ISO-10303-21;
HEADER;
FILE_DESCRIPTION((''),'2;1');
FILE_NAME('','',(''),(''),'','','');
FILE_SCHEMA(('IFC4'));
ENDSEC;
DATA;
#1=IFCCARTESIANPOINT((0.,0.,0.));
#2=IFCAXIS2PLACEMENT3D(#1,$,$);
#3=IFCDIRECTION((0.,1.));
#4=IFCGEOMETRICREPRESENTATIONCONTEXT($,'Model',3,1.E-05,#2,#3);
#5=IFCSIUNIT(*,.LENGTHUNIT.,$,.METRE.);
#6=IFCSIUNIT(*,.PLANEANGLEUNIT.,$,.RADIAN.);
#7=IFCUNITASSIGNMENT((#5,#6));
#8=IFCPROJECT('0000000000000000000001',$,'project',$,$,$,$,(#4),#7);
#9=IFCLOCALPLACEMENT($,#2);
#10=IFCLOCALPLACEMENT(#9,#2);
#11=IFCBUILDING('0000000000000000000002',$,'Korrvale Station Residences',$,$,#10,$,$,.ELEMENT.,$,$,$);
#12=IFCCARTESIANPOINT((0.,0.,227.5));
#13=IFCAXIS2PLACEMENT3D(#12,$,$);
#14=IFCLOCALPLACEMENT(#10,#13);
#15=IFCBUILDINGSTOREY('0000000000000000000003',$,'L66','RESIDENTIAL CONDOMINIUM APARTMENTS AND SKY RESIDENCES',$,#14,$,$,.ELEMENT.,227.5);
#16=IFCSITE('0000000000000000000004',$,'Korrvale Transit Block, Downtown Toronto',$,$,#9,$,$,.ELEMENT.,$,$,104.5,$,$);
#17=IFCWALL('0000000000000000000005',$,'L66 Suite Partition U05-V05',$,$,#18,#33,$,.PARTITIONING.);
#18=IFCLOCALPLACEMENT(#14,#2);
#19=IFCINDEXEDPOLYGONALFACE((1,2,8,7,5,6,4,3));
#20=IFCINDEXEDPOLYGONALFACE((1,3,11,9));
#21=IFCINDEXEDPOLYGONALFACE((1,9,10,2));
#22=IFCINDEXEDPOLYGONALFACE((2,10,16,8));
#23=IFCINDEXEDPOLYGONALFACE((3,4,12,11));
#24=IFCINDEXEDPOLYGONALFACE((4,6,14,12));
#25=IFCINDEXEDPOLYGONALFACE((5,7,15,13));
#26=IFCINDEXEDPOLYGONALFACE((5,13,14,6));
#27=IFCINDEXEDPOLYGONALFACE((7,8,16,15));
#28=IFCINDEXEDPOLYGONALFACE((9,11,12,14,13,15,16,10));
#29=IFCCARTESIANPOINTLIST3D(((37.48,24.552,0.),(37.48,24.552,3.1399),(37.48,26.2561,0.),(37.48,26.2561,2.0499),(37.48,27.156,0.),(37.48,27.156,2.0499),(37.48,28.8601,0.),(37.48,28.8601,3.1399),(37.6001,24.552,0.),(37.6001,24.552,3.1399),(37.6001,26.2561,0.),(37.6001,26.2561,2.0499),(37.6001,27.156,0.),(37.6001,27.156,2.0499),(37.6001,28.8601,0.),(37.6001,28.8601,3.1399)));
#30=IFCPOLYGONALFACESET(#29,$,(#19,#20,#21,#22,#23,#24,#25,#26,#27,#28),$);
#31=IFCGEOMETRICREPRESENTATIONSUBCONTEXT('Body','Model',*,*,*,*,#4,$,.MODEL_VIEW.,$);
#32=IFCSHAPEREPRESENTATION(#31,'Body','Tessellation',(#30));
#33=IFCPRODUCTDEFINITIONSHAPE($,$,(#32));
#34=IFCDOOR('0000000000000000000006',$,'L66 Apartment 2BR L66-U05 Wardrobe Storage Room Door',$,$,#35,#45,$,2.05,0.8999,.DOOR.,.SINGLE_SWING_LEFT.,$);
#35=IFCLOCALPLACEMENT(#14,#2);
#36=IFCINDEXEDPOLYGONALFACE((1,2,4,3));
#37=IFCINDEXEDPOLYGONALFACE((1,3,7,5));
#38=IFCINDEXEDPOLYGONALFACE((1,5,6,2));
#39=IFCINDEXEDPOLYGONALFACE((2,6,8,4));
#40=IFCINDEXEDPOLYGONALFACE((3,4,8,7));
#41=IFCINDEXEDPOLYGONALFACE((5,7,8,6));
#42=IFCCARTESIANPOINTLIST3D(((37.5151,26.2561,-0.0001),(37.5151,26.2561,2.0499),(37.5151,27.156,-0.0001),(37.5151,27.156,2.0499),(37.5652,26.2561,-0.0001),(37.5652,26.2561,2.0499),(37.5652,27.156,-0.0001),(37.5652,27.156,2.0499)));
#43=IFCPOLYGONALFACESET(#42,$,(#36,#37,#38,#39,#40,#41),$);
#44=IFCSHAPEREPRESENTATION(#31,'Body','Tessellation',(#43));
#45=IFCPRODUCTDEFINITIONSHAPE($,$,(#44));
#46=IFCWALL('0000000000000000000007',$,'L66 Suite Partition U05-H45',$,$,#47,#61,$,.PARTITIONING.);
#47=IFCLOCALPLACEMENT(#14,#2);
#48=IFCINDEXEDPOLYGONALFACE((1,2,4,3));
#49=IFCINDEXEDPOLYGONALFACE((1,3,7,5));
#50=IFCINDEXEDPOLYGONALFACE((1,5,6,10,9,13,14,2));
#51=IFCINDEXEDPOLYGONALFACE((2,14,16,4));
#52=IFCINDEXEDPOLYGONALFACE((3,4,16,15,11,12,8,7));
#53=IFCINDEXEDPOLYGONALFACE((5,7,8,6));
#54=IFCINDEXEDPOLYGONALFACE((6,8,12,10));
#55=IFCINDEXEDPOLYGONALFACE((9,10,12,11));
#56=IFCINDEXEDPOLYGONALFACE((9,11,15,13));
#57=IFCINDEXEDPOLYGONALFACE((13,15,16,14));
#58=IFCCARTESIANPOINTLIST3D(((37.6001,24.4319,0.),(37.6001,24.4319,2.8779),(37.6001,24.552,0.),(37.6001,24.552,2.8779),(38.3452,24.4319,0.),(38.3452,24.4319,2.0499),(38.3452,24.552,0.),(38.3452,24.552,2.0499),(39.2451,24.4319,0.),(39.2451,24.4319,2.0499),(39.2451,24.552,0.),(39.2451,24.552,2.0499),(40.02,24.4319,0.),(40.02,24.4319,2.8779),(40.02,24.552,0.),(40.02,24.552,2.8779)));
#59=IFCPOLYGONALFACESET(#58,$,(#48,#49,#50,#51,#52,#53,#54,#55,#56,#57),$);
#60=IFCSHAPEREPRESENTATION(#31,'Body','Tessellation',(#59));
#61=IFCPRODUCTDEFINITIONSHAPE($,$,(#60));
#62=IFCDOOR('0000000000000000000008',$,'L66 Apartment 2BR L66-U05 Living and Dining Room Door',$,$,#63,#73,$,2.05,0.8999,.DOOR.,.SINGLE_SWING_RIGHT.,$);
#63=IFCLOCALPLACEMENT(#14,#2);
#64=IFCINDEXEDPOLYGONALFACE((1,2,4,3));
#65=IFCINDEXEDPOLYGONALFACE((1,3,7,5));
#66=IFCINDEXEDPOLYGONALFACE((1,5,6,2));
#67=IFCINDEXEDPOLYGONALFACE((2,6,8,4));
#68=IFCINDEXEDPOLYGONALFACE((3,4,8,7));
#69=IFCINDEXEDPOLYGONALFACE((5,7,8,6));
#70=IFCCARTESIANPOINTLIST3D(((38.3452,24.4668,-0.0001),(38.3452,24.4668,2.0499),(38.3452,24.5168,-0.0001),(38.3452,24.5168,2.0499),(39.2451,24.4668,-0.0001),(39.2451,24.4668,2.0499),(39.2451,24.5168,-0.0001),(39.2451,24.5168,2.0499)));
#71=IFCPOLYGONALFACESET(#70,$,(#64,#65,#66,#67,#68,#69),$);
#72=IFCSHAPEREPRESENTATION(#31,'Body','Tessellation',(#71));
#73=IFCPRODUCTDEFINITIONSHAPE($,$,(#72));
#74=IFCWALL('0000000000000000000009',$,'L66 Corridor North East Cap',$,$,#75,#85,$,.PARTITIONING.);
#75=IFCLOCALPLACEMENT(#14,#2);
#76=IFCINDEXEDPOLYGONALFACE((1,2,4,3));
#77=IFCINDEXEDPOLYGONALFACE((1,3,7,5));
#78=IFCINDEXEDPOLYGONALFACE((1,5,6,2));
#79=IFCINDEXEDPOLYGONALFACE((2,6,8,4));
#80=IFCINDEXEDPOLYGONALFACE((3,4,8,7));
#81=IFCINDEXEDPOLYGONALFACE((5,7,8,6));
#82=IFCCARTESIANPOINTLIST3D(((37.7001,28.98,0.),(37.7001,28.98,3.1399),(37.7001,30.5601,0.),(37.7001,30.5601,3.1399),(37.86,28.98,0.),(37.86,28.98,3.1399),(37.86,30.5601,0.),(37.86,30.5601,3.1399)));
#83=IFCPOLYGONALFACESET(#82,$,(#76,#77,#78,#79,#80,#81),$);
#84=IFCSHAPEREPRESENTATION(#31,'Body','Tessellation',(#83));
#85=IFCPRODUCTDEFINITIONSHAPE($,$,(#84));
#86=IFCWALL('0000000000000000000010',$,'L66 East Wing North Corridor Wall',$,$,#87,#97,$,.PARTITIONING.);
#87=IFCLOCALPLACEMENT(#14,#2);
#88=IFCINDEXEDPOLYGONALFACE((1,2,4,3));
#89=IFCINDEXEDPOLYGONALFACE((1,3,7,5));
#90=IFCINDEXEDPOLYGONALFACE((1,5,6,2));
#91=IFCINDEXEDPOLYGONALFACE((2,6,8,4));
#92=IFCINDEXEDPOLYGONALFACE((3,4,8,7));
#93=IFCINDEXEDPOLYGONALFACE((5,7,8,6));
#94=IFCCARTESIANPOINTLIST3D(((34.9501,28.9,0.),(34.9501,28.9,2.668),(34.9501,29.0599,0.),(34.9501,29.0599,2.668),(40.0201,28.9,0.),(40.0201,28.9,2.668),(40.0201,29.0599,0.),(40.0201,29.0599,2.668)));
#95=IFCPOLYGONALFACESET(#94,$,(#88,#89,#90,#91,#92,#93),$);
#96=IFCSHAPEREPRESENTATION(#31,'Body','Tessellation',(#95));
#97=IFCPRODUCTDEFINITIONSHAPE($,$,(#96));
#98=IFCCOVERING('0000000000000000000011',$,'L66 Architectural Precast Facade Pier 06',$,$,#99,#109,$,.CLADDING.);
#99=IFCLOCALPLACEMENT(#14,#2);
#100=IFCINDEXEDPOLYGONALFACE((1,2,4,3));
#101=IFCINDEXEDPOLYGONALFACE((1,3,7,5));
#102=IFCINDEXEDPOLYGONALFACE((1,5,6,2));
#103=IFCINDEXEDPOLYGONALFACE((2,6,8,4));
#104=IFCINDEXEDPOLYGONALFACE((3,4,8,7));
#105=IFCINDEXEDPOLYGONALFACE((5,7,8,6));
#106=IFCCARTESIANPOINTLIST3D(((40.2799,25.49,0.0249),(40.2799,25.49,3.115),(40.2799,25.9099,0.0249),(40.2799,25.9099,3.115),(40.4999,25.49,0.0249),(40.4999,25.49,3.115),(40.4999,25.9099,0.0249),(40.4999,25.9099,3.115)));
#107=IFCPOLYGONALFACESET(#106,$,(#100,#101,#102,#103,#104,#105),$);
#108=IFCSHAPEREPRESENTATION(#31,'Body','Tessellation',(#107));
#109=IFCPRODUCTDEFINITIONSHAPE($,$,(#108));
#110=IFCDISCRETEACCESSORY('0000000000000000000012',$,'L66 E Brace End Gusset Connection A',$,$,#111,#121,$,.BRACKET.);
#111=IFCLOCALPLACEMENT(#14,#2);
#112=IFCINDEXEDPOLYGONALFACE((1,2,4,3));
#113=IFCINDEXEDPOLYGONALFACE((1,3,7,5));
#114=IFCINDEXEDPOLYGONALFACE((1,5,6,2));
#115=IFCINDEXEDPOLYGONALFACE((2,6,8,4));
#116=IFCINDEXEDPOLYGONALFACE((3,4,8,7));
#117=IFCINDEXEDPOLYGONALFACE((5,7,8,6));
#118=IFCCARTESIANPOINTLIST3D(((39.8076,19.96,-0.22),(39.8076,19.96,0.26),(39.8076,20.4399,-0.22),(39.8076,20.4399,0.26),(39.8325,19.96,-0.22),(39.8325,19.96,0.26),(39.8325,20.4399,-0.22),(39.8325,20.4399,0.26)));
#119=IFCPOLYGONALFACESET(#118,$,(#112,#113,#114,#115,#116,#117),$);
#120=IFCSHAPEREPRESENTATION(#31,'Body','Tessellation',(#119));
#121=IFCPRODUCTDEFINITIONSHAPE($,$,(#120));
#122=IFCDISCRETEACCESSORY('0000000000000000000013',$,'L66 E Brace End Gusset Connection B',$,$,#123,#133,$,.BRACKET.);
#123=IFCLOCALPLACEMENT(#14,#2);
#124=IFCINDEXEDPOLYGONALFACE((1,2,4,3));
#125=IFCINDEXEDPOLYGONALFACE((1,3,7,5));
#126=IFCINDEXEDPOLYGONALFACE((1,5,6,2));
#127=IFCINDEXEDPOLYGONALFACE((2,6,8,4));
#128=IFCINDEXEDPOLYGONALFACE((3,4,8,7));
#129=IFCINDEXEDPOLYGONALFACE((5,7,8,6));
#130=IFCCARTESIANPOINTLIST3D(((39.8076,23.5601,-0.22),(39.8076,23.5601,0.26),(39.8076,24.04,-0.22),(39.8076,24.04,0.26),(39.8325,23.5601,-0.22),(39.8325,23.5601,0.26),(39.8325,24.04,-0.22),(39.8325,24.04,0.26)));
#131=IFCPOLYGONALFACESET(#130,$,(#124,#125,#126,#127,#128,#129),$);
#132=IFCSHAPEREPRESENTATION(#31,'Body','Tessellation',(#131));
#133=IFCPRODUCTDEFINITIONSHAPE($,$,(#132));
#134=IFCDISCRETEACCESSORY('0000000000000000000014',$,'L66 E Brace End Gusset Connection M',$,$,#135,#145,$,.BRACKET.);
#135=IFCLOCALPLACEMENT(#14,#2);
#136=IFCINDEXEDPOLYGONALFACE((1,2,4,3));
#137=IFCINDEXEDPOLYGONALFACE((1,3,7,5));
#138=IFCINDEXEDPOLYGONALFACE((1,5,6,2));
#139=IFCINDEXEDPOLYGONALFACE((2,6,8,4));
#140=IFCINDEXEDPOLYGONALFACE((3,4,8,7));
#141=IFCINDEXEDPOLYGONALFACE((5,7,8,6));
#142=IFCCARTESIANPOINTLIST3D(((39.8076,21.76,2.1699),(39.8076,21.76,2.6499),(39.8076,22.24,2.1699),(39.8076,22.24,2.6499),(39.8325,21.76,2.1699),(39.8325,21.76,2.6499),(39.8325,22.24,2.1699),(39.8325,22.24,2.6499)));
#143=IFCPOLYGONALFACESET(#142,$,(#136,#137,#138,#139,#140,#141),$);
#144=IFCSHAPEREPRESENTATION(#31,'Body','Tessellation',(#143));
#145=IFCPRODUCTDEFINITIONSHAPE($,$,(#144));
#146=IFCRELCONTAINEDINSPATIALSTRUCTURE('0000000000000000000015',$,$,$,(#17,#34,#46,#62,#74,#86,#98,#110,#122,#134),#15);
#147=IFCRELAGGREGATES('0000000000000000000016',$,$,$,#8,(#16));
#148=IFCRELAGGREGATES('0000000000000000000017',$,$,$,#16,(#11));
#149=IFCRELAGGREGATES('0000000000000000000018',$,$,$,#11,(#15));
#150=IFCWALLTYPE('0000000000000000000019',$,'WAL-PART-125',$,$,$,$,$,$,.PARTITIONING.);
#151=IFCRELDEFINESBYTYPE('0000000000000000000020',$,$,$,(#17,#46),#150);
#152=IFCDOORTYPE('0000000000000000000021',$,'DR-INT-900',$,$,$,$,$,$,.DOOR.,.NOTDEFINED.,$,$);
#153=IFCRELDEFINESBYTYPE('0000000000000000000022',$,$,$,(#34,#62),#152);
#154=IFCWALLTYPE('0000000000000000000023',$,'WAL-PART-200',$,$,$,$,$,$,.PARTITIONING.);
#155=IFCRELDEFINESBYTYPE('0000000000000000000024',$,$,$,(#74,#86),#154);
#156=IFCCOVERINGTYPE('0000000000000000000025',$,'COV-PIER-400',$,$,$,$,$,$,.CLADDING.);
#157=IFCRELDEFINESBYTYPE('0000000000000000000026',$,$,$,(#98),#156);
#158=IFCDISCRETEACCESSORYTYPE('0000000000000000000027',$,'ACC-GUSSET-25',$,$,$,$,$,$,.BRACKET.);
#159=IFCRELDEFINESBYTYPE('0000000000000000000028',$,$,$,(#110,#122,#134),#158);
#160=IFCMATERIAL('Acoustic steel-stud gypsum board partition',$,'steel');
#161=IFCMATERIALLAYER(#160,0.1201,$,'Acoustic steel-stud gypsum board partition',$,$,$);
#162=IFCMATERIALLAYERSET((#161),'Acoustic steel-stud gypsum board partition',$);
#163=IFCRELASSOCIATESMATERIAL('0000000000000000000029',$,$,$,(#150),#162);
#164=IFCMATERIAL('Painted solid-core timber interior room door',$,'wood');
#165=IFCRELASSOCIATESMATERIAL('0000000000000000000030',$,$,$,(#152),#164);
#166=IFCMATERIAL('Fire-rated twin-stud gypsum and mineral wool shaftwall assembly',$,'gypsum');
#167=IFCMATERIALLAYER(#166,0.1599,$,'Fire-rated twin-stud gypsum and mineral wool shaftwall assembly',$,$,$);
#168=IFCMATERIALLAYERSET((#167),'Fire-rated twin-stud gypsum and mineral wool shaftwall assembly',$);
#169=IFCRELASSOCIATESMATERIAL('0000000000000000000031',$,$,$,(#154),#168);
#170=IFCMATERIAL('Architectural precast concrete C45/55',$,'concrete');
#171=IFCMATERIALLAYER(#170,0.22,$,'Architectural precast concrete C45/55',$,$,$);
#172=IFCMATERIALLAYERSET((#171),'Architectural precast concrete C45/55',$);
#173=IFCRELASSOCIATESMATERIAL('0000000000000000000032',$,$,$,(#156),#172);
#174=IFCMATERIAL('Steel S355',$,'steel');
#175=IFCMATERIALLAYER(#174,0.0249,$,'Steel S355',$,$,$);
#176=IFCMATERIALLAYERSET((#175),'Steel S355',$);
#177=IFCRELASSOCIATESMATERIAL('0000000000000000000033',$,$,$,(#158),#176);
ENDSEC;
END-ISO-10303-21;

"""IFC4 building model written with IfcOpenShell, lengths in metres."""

from ifc_helpers import new_model, si_unit, direction, frame, frame_2d, origin, origin_2d, place, context, subcontext, project, spatial, rectangle, extrude, material, layer, layer_set, type_object, element, fill, save


model = new_model("IFC4")

# Units and contexts
model_context = context("Model", 3, precision=1e-05, world=origin(), true_north=direction((0.0, 1.0)))
body_context = subcontext(model_context, "Body", "Model", "MODEL_VIEW")
ifc_project = project(units=[si_unit("LENGTHUNIT", "METRE"), si_unit("PLANEANGLEUNIT", "RADIAN")], contexts=[model_context])

# Site, building, storey
site_placement = place(None, origin())
site = spatial("IfcSite", under=ifc_project, at=site_placement, Name="Korrvale Transit Block, Downtown Toronto", CompositionType="ELEMENT", RefElevation=104.5)
building_placement = place(site_placement, origin())
building = spatial("IfcBuilding", under=site, at=building_placement, Name="Korrvale Station Residences", CompositionType="ELEMENT")
storey_placement = place(building_placement, frame((0.0, 0.0, 227.5)))
storey = spatial("IfcBuildingStorey", under=building, at=storey_placement, Name="L66", Description="RESIDENTIAL CONDOMINIUM APARTMENTS AND SKY RESIDENCES", CompositionType="ELEMENT", Elevation=227.5)

# Shared definitions
ifc_material_1 = material(Name="Steel S355", Category="steel")

# Walls, openings, doors
ifc_material_2 = material(Name="Acoustic steel-stud gypsum board partition", Category="steel")
ifc_layer_1 = layer(ifc_material_2, 0.1201, Name="Acoustic steel-stud gypsum board partition")
ifc_layer_set_1 = layer_set([ifc_layer_1], Name="Acoustic steel-stud gypsum board partition")
wall_type_1 = type_object("IfcWallType", Name="WAL-PART-125", PredefinedType="PARTITIONING", material=ifc_layer_set_1)
ifc_material_3 = material(Name="Painted solid-core timber interior room door", Category="wood")
door_type = type_object("IfcDoorType", Name="DR-INT-900", OperationType="NOTDEFINED", PredefinedType="DOOR", material=ifc_material_3)
wall_1_placement = place(storey_placement, frame((37.54, 24.552, 0.0), z_axis=(0.0, 0.0, 1.0), x_axis=(0.0, 1.0, 0.0)))
wall_1 = element("IfcWall", 1, at=wall_1_placement, inside=storey, type_object=wall_type_1, Name="L66 Suite Partition U05-V05", PredefinedType="PARTITIONING", context=body_context, shape_type="SweptSolid", body=[
    extrude(rectangle(XDim=4.3081, YDim=0.1201, at=frame_2d((2.1541, 0.0))), origin(), (0.0, 0.0, 1.0), 3.1399),
])
opening_1_placement = place(wall_1_placement, frame((1.7041, 0.0, 0.0)))
opening_1 = element("IfcOpeningElement", 2, at=opening_1_placement, cuts=wall_1, PredefinedType="OPENING", context=body_context, shape_type="SweptSolid", body=[
    extrude(rectangle(XDim=0.8999, YDim=2.05, at=frame_2d((0.45, 1.0249))), frame((0.0, 0.0701, 0.0), z_axis=(0.0, -1.0, 0.0), x_axis=(1.0, 0.0, 0.0)), (0.0, 0.0, 1.0), 0.1401),
])
door_1_placement = place(opening_1_placement, origin())
door_1 = element("IfcDoor", 3, at=door_1_placement, inside=storey, type_object=door_type, Name="L66 Apartment 2BR L66-U05 Wardrobe Storage Room Door", OperationType="SINGLE_SWING_LEFT", OverallHeight=2.05, OverallWidth=0.8999, PredefinedType="DOOR", context=body_context, shape_type="SweptSolid", body=[
    extrude(rectangle(XDim=0.8999, YDim=2.05, at=frame_2d((0.45, 1.0249))), frame((0.0, 0.0249, 0.0), z_axis=(0.0, -1.0, 0.0), x_axis=(1.0, 0.0, 0.0)), (0.0, 0.0, 1.0), 0.05),
])
fill(opening_1, door_1)
wall_2_placement = place(storey_placement, frame((37.6001, 24.4919, 0.0), z_axis=(0.0, 0.0, 1.0), x_axis=(1.0, 0.0, 0.0)))
wall_2 = element("IfcWall", 4, at=wall_2_placement, inside=storey, type_object=wall_type_1, Name="L66 Suite Partition U05-H45", PredefinedType="PARTITIONING", context=body_context, shape_type="SweptSolid", body=[
    extrude(rectangle(XDim=2.4199, YDim=0.1201, at=frame_2d((1.21, 0.0))), origin(), (0.0, 0.0, 1.0), 2.8779),
])
opening_2_placement = place(wall_2_placement, frame((0.7451, 0.0, 0.0)))
opening_2 = element("IfcOpeningElement", 5, at=opening_2_placement, cuts=wall_2, PredefinedType="OPENING", context=body_context, shape_type="SweptSolid", body=[
    extrude(rectangle(XDim=0.8999, YDim=2.05, at=frame_2d((0.45, 1.0249))), frame((0.0, 0.0701, 0.0), z_axis=(0.0, -1.0, 0.0), x_axis=(1.0, 0.0, 0.0)), (0.0, 0.0, 1.0), 0.1401),
])
door_2_placement = place(opening_2_placement, origin())
door_2 = element("IfcDoor", 6, at=door_2_placement, inside=storey, type_object=door_type, Name="L66 Apartment 2BR L66-U05 Living and Dining Room Door", OperationType="SINGLE_SWING_RIGHT", OverallHeight=2.05, OverallWidth=0.8999, PredefinedType="DOOR", context=body_context, shape_type="SweptSolid", body=[
    extrude(rectangle(XDim=0.8999, YDim=2.05, at=frame_2d((0.45, 1.0249))), frame((0.0, 0.0249, 0.0), z_axis=(0.0, -1.0, 0.0), x_axis=(1.0, 0.0, 0.0)), (0.0, 0.0, 1.0), 0.05),
])
fill(opening_2, door_2)

# Walls
ifc_material_4 = material(Name="Fire-rated twin-stud gypsum and mineral wool shaftwall assembly", Category="gypsum")
ifc_layer_2 = layer(ifc_material_4, 0.1599, Name="Fire-rated twin-stud gypsum and mineral wool shaftwall assembly")
ifc_layer_set_2 = layer_set([ifc_layer_2], Name="Fire-rated twin-stud gypsum and mineral wool shaftwall assembly")
wall_type_2 = type_object("IfcWallType", Name="WAL-PART-200", PredefinedType="PARTITIONING", material=ifc_layer_set_2)
wall_3_placement = place(storey_placement, frame((37.78, 28.98, 0.0), z_axis=(0.0, 0.0, 1.0), x_axis=(0.0, 1.0, 0.0)))
element("IfcWall", 7, at=wall_3_placement, inside=storey, type_object=wall_type_2, Name="L66 Corridor North East Cap", PredefinedType="PARTITIONING", context=body_context, shape_type="SweptSolid", body=[
    extrude(rectangle(XDim=1.5801, YDim=0.1599, at=frame_2d((0.79, 0.0))), origin(), (0.0, 0.0, 1.0), 3.1399),
])
wall_4_placement = place(storey_placement, frame((34.95, 28.98, 0.0), z_axis=(0.0, 0.0, 1.0), x_axis=(1.0, 0.0, 0.0)))
element("IfcWall", 8, at=wall_4_placement, inside=storey, type_object=wall_type_2, Name="L66 East Wing North Corridor Wall", PredefinedType="PARTITIONING", context=body_context, shape_type="SweptSolid", body=[
    extrude(rectangle(XDim=5.0701, YDim=0.1599, at=frame_2d((2.5352, 0.0))), origin(), (0.0, 0.0, 1.0), 2.668),
])

# Covering
ifc_material_5 = material(Name="Architectural precast concrete C45/55", Category="concrete")
ifc_layer_3 = layer(ifc_material_5, 0.22, Name="Architectural precast concrete C45/55")
ifc_layer_set_3 = layer_set([ifc_layer_3], Name="Architectural precast concrete C45/55")
covering_type = type_object("IfcCoveringType", Name="COV-PIER-400", PredefinedType="CLADDING", material=ifc_layer_set_3)
covering_placement = place(storey_placement, frame((40.3899, 25.7, 0.0249), z_axis=(0.0, 0.0, 1.0), x_axis=(0.0, 1.0, 0.0)))
element("IfcCovering", 9, at=covering_placement, inside=storey, type_object=covering_type, Name="L66 Architectural Precast Facade Pier 06", PredefinedType="CLADDING", context=body_context, shape_type="SweptSolid", body=[
    extrude(rectangle(XDim=0.4199, YDim=0.22, at=origin_2d()), origin(), (0.0, 0.0, 1.0), 3.0901),
])

# Discrete accessories
ifc_layer_4 = layer(ifc_material_1, 0.0249, Name="Steel S355")
ifc_layer_set_4 = layer_set([ifc_layer_4], Name="Steel S355")
discrete_accessory_type = type_object("IfcDiscreteAccessoryType", Name="ACC-GUSSET-25", PredefinedType="BRACKET", material=ifc_layer_set_4)
for number, where, z_axis, x_axis, name in (
    (10, (39.8201, 20.2, -0.22), (0.0, 0.0, 1.0), (0.0, 1.0, 0.0), "L66 E Brace End Gusset Connection A"),
    (11, (39.8201, 23.8, -0.22), (0.0, 0.0, 1.0), (0.0, 1.0, 0.0), "L66 E Brace End Gusset Connection B"),
    (12, (39.8201, 22.0, 2.1699), (0.0, 0.0, 1.0), (0.0, 1.0, 0.0), "L66 E Brace End Gusset Connection M"),
):
    element("IfcDiscreteAccessory", number, at=place(storey_placement, frame(where, z_axis=z_axis, x_axis=x_axis)), inside=storey, type_object=discrete_accessory_type, Name=name, PredefinedType="BRACKET", context=body_context, shape_type="SweptSolid", body=[
        extrude(rectangle(XDim=0.48, YDim=0.0249, at=origin_2d()), origin(), (0.0, 0.0, 1.0), 0.48),
    ])

save(model, "model.ifc")
